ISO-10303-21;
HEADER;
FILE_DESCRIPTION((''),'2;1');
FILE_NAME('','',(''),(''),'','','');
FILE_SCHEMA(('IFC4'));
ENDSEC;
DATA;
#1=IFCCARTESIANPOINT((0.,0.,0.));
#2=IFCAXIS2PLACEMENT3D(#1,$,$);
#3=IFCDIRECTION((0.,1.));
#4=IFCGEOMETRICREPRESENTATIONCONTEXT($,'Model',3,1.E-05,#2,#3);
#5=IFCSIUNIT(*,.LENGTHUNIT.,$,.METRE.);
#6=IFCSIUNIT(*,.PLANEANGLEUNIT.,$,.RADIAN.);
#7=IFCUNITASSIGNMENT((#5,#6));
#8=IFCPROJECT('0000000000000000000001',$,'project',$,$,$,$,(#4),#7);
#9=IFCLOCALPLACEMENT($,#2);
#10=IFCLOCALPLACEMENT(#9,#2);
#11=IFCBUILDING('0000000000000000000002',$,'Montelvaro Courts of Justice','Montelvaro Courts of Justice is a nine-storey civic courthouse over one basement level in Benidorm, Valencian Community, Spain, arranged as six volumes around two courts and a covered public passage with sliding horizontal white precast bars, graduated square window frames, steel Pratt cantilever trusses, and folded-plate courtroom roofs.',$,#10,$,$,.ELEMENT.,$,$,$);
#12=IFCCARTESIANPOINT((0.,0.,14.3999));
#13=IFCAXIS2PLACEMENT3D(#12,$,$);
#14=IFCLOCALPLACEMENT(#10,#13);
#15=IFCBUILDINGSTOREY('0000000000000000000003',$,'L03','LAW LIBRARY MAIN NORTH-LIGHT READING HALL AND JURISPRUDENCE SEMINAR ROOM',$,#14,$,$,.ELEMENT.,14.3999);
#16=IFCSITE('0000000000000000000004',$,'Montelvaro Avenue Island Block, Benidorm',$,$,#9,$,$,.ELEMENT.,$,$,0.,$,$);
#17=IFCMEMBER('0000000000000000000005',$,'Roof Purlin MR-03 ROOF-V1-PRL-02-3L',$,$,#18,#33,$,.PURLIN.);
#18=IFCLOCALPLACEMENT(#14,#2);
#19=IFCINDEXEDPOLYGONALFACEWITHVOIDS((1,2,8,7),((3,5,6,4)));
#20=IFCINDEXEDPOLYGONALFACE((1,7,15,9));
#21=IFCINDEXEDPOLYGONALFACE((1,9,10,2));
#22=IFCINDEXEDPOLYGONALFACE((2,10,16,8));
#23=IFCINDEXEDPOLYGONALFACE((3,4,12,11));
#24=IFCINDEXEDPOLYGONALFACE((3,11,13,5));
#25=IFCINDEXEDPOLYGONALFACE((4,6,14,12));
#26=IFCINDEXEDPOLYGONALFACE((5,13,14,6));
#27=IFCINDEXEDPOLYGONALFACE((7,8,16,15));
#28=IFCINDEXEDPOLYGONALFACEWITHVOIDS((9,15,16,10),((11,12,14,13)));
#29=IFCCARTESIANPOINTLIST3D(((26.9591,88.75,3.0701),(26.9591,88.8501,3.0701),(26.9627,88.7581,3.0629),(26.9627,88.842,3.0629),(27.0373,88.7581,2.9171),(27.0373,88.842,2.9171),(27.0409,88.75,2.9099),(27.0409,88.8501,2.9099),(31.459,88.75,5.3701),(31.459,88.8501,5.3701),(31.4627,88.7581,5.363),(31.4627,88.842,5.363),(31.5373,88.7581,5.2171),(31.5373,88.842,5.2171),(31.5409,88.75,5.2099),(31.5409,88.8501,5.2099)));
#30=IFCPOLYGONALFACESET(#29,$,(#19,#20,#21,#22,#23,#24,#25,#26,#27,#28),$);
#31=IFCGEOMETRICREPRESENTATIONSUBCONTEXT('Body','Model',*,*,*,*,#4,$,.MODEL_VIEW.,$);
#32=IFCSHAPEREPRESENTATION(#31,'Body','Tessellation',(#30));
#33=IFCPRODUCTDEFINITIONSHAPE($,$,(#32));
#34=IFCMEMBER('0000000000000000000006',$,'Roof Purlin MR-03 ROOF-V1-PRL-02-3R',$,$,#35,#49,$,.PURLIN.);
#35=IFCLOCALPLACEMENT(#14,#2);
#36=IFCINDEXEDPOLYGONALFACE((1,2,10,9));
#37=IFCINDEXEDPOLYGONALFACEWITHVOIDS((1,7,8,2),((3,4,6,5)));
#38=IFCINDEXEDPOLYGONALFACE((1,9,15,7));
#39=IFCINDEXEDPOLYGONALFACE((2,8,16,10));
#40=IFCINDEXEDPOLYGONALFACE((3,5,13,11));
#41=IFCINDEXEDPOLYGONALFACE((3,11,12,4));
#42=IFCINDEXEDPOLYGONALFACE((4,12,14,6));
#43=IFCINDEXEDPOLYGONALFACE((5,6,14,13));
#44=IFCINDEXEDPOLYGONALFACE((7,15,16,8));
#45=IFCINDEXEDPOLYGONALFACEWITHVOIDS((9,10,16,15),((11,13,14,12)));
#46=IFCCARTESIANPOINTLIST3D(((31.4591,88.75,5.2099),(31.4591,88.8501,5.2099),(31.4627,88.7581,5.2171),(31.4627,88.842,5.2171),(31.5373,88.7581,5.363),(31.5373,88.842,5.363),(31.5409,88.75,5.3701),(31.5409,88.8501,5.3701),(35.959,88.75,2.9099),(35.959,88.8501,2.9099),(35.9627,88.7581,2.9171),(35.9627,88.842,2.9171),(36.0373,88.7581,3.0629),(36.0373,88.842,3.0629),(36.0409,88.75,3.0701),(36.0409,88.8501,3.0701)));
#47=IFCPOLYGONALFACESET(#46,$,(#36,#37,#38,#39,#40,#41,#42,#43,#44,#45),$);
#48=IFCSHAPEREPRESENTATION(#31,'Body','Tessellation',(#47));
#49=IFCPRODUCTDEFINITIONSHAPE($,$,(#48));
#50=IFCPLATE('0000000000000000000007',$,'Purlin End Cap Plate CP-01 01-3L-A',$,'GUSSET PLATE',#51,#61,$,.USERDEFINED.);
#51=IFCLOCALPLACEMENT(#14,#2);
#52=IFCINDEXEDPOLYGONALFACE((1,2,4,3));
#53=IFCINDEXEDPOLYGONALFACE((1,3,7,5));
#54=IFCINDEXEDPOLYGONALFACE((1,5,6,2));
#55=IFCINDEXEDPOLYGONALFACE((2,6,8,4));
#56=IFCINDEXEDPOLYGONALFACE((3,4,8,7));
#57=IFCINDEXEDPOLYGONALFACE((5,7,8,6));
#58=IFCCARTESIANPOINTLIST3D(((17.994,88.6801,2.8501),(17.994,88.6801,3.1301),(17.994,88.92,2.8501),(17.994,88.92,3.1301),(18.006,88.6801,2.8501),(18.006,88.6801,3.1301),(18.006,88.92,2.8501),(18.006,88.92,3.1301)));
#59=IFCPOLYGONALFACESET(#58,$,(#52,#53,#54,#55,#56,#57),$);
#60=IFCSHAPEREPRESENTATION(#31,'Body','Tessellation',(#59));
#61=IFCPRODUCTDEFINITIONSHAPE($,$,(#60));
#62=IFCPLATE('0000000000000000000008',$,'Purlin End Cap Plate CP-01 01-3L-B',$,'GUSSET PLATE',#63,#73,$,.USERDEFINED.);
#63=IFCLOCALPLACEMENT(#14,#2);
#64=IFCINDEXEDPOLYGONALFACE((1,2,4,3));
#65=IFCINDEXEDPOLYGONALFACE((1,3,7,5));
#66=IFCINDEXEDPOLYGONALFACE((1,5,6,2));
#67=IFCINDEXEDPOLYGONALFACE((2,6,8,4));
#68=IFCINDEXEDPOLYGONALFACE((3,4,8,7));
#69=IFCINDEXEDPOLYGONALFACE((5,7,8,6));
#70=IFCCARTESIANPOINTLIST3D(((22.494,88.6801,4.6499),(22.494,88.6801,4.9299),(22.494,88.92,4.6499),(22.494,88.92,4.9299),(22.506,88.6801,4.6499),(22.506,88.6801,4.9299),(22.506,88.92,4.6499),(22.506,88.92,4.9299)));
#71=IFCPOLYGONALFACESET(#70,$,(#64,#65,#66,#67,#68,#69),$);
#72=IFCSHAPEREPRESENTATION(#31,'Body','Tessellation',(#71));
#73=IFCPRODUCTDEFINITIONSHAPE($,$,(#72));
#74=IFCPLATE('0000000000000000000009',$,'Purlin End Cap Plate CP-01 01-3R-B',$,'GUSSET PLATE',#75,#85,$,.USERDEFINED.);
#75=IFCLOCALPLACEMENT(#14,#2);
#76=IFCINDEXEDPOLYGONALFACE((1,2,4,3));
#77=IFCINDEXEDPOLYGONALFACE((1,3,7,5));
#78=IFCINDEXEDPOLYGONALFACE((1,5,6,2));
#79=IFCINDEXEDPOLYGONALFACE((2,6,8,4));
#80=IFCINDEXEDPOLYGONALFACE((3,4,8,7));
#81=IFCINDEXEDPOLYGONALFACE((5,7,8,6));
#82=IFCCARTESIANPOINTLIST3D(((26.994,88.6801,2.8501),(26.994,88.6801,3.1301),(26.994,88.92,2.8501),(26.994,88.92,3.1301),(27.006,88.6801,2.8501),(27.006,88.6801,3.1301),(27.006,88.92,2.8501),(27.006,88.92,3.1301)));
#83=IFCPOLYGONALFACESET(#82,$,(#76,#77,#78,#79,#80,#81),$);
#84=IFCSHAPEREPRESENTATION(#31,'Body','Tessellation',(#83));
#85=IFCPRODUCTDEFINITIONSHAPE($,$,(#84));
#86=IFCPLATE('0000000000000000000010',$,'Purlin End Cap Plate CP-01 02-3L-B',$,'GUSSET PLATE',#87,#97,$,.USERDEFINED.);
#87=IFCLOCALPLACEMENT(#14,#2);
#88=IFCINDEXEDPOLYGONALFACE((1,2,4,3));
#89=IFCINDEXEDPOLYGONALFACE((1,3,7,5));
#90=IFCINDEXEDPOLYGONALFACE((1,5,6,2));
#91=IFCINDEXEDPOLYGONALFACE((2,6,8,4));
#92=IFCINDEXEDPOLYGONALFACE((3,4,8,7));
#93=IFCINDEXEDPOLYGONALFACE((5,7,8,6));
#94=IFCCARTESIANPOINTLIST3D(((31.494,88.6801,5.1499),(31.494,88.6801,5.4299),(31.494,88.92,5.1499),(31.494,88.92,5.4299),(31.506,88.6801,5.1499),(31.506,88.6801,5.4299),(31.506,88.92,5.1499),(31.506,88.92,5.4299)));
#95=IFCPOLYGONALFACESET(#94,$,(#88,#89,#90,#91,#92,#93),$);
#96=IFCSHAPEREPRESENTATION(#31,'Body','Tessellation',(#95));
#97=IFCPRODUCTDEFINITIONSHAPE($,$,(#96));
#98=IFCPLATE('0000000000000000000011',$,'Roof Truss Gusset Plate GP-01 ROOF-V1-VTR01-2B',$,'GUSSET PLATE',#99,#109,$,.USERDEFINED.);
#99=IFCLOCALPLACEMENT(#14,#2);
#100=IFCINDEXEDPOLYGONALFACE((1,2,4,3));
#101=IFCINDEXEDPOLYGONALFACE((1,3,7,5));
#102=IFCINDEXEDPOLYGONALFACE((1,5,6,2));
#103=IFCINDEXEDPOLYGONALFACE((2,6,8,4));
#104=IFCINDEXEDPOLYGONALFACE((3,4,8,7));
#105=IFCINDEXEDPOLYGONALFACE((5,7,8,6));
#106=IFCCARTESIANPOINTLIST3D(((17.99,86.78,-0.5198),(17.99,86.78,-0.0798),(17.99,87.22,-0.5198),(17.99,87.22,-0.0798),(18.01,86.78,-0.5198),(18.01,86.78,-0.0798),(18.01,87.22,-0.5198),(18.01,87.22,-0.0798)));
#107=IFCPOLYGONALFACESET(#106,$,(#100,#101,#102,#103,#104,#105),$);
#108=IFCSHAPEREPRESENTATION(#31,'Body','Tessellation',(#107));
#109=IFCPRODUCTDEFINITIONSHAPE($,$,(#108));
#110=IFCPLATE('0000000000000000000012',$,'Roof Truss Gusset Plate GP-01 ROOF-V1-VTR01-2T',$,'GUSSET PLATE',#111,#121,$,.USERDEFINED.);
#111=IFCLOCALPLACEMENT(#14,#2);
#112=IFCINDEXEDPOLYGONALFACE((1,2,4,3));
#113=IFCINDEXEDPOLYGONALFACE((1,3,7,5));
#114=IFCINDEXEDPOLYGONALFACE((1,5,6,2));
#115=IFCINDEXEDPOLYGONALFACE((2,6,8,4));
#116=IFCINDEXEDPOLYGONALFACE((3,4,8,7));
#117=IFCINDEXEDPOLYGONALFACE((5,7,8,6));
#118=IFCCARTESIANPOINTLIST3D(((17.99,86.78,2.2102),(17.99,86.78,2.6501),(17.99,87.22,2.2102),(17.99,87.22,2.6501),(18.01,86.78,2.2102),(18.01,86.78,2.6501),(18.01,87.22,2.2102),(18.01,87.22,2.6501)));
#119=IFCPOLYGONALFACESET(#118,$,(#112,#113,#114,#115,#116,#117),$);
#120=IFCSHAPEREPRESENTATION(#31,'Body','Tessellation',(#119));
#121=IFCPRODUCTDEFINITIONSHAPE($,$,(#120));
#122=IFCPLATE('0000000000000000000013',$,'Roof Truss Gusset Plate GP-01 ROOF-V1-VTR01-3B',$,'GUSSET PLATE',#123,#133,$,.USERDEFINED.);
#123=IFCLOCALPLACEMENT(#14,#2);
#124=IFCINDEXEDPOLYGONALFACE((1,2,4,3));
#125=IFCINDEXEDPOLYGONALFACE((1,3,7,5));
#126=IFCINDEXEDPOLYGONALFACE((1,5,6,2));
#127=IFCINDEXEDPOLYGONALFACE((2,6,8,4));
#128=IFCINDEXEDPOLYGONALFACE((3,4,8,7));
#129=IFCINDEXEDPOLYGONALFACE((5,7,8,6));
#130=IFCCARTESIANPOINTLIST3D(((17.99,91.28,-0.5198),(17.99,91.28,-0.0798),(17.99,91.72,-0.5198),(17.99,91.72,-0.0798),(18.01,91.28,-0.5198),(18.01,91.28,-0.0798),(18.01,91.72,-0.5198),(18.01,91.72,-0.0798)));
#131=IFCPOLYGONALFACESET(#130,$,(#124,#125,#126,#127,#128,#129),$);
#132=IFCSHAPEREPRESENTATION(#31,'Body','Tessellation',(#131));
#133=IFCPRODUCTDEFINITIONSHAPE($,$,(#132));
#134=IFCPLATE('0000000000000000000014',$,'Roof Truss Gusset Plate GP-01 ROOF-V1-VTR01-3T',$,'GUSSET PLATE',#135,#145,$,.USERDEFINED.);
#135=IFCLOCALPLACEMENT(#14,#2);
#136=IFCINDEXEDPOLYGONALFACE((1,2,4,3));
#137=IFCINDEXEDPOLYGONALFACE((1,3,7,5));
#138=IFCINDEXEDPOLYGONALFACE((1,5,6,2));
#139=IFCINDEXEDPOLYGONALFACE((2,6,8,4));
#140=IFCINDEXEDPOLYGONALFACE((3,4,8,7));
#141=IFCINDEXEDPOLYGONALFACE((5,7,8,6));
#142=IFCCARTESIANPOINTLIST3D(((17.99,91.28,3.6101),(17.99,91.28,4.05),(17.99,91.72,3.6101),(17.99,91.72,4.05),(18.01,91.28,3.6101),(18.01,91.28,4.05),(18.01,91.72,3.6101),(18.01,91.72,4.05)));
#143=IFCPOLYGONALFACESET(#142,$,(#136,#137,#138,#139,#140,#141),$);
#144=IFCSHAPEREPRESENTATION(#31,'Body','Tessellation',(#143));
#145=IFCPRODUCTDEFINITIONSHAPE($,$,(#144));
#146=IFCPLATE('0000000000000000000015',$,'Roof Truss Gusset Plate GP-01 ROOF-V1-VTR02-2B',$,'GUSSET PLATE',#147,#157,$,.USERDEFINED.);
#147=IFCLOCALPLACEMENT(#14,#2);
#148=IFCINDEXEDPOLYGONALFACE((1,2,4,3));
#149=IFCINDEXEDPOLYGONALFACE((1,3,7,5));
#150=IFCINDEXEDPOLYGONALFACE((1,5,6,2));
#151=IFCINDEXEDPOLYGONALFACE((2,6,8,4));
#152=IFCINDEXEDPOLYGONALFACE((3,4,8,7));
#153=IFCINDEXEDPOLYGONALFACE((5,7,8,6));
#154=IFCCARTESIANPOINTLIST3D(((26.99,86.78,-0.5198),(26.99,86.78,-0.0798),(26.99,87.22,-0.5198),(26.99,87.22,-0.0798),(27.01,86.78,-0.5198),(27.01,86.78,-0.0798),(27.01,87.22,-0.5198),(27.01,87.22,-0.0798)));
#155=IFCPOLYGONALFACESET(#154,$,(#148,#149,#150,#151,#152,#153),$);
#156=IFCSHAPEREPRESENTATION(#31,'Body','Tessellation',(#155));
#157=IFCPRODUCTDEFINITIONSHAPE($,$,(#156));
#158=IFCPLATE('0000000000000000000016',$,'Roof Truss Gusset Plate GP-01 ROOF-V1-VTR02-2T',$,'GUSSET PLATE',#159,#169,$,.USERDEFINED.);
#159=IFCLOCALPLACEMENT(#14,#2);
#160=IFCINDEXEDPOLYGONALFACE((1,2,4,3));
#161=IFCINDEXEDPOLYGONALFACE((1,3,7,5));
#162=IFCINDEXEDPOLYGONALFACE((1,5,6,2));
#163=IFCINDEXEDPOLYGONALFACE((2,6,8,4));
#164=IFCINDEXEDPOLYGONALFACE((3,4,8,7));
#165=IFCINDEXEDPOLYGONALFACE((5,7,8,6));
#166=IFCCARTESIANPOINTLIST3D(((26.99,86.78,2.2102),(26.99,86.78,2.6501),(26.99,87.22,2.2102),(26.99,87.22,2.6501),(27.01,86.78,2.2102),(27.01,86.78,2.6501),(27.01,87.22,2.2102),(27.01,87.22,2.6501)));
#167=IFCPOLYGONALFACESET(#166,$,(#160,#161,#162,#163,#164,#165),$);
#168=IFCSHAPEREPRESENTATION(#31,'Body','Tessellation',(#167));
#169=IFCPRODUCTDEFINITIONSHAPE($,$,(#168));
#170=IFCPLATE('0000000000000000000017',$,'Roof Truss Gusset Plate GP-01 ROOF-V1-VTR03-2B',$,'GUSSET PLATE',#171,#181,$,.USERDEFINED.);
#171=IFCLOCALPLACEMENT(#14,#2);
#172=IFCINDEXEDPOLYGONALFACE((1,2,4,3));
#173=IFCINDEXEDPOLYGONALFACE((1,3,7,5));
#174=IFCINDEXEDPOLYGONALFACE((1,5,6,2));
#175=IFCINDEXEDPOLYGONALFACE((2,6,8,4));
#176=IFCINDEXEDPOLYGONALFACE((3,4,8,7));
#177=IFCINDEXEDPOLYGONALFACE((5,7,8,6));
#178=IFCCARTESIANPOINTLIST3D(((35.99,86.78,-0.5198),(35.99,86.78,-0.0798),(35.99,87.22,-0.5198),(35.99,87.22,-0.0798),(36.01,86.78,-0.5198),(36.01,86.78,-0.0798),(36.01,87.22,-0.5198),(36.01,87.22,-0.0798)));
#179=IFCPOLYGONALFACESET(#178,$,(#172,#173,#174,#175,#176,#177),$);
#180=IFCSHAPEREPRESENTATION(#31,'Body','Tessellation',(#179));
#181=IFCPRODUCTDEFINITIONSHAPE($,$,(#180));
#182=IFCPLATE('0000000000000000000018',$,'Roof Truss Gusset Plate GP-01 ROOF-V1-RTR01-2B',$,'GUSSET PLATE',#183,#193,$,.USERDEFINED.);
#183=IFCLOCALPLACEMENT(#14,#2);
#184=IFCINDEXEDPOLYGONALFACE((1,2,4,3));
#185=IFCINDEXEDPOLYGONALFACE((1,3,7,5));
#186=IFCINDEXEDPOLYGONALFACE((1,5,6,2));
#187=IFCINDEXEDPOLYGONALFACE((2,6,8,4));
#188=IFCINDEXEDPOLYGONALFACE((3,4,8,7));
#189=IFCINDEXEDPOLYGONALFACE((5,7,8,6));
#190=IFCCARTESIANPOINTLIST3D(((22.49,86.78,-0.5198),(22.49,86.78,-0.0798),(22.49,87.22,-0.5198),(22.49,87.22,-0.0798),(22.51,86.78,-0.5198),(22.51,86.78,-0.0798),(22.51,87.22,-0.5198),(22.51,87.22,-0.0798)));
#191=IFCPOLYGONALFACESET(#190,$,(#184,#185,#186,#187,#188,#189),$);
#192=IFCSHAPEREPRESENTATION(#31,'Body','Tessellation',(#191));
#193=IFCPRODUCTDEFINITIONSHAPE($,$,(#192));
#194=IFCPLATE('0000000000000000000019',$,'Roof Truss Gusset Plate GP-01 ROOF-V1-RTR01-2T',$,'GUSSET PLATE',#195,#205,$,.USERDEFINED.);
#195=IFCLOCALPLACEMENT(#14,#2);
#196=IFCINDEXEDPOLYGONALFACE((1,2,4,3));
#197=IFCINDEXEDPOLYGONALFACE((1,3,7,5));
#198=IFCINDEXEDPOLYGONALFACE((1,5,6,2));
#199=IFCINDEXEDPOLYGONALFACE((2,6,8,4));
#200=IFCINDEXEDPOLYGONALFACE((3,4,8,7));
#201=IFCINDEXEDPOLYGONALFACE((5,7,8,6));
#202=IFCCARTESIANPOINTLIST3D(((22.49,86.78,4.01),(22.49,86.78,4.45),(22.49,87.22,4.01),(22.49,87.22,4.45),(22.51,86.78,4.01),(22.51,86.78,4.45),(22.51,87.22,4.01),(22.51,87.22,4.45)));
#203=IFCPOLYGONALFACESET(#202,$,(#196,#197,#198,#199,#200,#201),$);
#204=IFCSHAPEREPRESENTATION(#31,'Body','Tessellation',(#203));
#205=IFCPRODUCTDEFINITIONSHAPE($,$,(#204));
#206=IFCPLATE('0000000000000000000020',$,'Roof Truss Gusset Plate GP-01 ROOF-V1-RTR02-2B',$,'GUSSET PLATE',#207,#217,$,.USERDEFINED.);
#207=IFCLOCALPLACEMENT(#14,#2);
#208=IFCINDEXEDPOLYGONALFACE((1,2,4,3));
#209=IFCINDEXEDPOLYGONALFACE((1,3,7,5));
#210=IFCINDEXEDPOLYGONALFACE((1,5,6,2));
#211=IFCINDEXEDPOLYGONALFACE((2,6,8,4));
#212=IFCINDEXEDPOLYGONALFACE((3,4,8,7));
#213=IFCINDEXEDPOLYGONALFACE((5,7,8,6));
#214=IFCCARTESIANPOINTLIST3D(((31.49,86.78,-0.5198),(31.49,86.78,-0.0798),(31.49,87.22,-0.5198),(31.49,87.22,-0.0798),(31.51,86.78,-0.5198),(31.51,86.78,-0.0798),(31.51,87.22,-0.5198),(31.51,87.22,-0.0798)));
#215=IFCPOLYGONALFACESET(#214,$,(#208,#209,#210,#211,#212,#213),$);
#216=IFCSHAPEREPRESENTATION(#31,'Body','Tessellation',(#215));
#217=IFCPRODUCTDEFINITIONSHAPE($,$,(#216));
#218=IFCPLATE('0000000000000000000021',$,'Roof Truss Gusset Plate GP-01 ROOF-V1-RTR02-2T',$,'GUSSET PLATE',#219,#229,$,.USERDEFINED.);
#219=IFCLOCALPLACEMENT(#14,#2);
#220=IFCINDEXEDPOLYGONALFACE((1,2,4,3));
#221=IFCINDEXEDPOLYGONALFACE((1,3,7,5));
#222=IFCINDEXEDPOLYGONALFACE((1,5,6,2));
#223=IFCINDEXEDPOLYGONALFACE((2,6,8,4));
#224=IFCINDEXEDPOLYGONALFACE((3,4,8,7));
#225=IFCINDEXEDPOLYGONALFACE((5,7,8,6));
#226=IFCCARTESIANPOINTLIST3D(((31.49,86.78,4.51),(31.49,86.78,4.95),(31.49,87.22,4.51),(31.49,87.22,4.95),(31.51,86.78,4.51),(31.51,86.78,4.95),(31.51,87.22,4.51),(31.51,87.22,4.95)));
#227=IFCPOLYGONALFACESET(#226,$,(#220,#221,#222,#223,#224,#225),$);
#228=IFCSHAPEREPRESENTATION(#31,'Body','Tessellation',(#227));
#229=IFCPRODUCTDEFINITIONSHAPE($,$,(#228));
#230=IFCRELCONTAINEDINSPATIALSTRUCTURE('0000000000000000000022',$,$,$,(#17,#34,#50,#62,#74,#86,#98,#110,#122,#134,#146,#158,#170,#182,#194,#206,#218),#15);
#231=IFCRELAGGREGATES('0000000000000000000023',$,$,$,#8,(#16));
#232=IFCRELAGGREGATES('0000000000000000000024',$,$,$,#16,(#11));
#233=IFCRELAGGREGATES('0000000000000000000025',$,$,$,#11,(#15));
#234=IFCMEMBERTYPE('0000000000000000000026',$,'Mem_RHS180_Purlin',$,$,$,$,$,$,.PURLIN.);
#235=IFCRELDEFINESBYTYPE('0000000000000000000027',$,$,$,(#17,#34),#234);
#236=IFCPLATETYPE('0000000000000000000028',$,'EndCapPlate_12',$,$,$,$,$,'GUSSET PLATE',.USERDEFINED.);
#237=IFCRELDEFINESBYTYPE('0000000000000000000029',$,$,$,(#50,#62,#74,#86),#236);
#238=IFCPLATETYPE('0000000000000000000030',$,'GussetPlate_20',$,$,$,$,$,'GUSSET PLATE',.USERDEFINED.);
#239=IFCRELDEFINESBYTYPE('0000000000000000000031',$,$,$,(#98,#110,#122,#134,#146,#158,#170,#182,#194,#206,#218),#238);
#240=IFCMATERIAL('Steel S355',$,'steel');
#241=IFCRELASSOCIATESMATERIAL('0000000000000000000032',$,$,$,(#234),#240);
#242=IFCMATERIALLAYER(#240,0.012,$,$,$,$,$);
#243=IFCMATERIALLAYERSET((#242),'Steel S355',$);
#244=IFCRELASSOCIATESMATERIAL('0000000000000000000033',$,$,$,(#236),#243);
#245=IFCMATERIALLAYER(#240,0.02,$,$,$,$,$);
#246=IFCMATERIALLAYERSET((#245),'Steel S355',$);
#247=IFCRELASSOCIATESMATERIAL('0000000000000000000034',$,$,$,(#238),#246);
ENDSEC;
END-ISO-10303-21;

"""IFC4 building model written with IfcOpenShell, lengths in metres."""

from ifc_helpers import new_model, si_unit, direction, frame, origin, origin_2d, place, context, subcontext, project, spatial, rectangle, hollow_rectangle, extrude, material, layer, layer_set, material_profile, profile_set, type_object, element, save


model = new_model("IFC4")

# Units and contexts
model_context = context("Model", 3, precision=1e-05, world=origin(), true_north=direction((0.0, 1.0)))
body_context = subcontext(model_context, "Body", "Model", "MODEL_VIEW")
ifc_project = project(units=[si_unit("LENGTHUNIT", "METRE"), si_unit("PLANEANGLEUNIT", "RADIAN")], contexts=[model_context])

# Site, building, storey
site_placement = place(None, origin())
site = spatial("IfcSite", under=ifc_project, at=site_placement, Name="Montelvaro Avenue Island Block, Benidorm", CompositionType="ELEMENT", RefElevation=0.0)
building_placement = place(site_placement, origin())
building = spatial("IfcBuilding", under=site, at=building_placement, Name="Montelvaro Courts of Justice", Description="Montelvaro Courts of Justice is a nine-storey civic courthouse over one basement level in Benidorm, Valencian Community, Spain, arranged as six volumes around two courts and a covered public passage with sliding horizontal white precast bars, graduated square window frames, steel Pratt cantilever trusses, and folded-plate courtroom roofs.", CompositionType="ELEMENT")
storey_placement = place(building_placement, frame((0.0, 0.0, 14.3999)))
storey = spatial("IfcBuildingStorey", under=building, at=storey_placement, Name="L03", Description="LAW LIBRARY MAIN NORTH-LIGHT READING HALL AND JURISPRUDENCE SEMINAR ROOM", CompositionType="ELEMENT", Elevation=14.3999)

# Members
ifc_material = material(Name="Steel S355", Category="steel")
ifc_material_profile_1 = material_profile(ifc_material, hollow_rectangle(XDim=0.1001, YDim=0.1799, WallThickness=0.0081, at=origin_2d()), Name="RHS 180x100x8")
ifc_profile_set_1 = profile_set([ifc_material_profile_1], Name="Steel S355")
member_type_1 = type_object("IfcMemberType", Name="Mem_RHS180_Purlin", PredefinedType="PURLIN", material=ifc_profile_set_1)
for number, where, z_axis, x_axis, name in (
    (1, (27.0, 88.8, 2.99), (0.890431, 0.0, 0.455119), (0.0, 1.0, 0.0), "Roof Purlin MR-03 ROOF-V1-PRL-02-3L"),
    (2, (31.5, 88.8, 5.29), (0.890431, 0.0, -0.455119), (0.0, 1.0, 0.0), "Roof Purlin MR-03 ROOF-V1-PRL-02-3R"),
):
    element("IfcMember", number, at=place(storey_placement, frame(where, z_axis=z_axis, x_axis=x_axis)), inside=storey, type_object=member_type_1, Name=name, PredefinedType="PURLIN", context=body_context, shape_type="SweptSolid", body=[
        extrude(hollow_rectangle(XDim=0.1001, YDim=0.1799, WallThickness=0.0081, at=origin_2d()), origin(), (0.0, 0.0, 1.0), 5.0537),
    ])

# Plates
ifc_layer_1 = layer(ifc_material, 0.012)
ifc_layer_set_1 = layer_set([ifc_layer_1], Name="Steel S355")
plate_type_1 = type_object("IfcPlateType", Name="EndCapPlate_12", ElementType="GUSSET PLATE", PredefinedType="USERDEFINED", material=ifc_layer_set_1)
for number, where, z_axis, x_axis, name in (
    (3, (18.0, 88.8, 2.8501), (0.0, 0.0, 1.0), (1.0, 0.0, 0.0), "Purlin End Cap Plate CP-01 01-3L-A"),
    (4, (22.5, 88.8, 4.6499), (0.0, 0.0, 1.0), (1.0, 0.0, 0.0), "Purlin End Cap Plate CP-01 01-3L-B"),
    (5, (27.0, 88.8, 2.8501), (0.0, 0.0, 1.0), (1.0, 0.0, 0.0), "Purlin End Cap Plate CP-01 01-3R-B"),
    (6, (31.5, 88.8, 5.1499), (0.0, 0.0, 1.0), (1.0, 0.0, 0.0), "Purlin End Cap Plate CP-01 02-3L-B"),
):
    element("IfcPlate", number, at=place(storey_placement, frame(where, z_axis=z_axis, x_axis=x_axis)), inside=storey, type_object=plate_type_1, Name=name, ObjectType="GUSSET PLATE", PredefinedType="USERDEFINED", context=body_context, shape_type="SweptSolid", body=[
        extrude(rectangle(XDim=0.012, YDim=0.24, at=origin_2d()), origin(), (0.0, 0.0, 1.0), 0.28),
    ])
ifc_layer_2 = layer(ifc_material, 0.02)
ifc_layer_set_2 = layer_set([ifc_layer_2], Name="Steel S355")
plate_type_2 = type_object("IfcPlateType", Name="GussetPlate_20", ElementType="GUSSET PLATE", PredefinedType="USERDEFINED", material=ifc_layer_set_2)
for number, where, z_axis, x_axis, name in (
    (7, (18.0, 87.0, -0.5198), (0.0, 0.0, 1.0), (1.0, 0.0, 0.0), "Roof Truss Gusset Plate GP-01 ROOF-V1-VTR01-2B"),
    (8, (18.0, 87.0, 2.2102), (0.0, 0.0, 1.0), (1.0, 0.0, 0.0), "Roof Truss Gusset Plate GP-01 ROOF-V1-VTR01-2T"),
    (9, (18.0, 91.5, -0.5198), (0.0, 0.0, 1.0), (1.0, 0.0, 0.0), "Roof Truss Gusset Plate GP-01 ROOF-V1-VTR01-3B"),
    (10, (18.0, 91.5, 3.6101), (0.0, 0.0, 1.0), (1.0, 0.0, 0.0), "Roof Truss Gusset Plate GP-01 ROOF-V1-VTR01-3T"),
    (11, (27.0, 87.0, -0.5198), (0.0, 0.0, 1.0), (1.0, 0.0, 0.0), "Roof Truss Gusset Plate GP-01 ROOF-V1-VTR02-2B"),
    (12, (27.0, 87.0, 2.2102), (0.0, 0.0, 1.0), (1.0, 0.0, 0.0), "Roof Truss Gusset Plate GP-01 ROOF-V1-VTR02-2T"),
    (13, (36.0, 87.0, -0.5198), (0.0, 0.0, 1.0), (1.0, 0.0, 0.0), "Roof Truss Gusset Plate GP-01 ROOF-V1-VTR03-2B"),
    (14, (22.5, 87.0, -0.5198), (0.0, 0.0, 1.0), (1.0, 0.0, 0.0), "Roof Truss Gusset Plate GP-01 ROOF-V1-RTR01-2B"),
    (15, (22.5, 87.0, 4.01), (0.0, 0.0, 1.0), (1.0, 0.0, 0.0), "Roof Truss Gusset Plate GP-01 ROOF-V1-RTR01-2T"),
    (16, (31.5, 87.0, -0.5198), (0.0, 0.0, 1.0), (1.0, 0.0, 0.0), "Roof Truss Gusset Plate GP-01 ROOF-V1-RTR02-2B"),
    (17, (31.5, 87.0, 4.51), (0.0, 0.0, 1.0), (1.0, 0.0, 0.0), "Roof Truss Gusset Plate GP-01 ROOF-V1-RTR02-2T"),
):
    element("IfcPlate", number, at=place(storey_placement, frame(where, z_axis=z_axis, x_axis=x_axis)), inside=storey, type_object=plate_type_2, Name=name, ObjectType="GUSSET PLATE", PredefinedType="USERDEFINED", context=body_context, shape_type="SweptSolid", body=[
        extrude(rectangle(XDim=0.02, YDim=0.4399, at=origin_2d()), origin(), (0.0, 0.0, 1.0), 0.4399),
    ])

save(model, "model.ifc")
